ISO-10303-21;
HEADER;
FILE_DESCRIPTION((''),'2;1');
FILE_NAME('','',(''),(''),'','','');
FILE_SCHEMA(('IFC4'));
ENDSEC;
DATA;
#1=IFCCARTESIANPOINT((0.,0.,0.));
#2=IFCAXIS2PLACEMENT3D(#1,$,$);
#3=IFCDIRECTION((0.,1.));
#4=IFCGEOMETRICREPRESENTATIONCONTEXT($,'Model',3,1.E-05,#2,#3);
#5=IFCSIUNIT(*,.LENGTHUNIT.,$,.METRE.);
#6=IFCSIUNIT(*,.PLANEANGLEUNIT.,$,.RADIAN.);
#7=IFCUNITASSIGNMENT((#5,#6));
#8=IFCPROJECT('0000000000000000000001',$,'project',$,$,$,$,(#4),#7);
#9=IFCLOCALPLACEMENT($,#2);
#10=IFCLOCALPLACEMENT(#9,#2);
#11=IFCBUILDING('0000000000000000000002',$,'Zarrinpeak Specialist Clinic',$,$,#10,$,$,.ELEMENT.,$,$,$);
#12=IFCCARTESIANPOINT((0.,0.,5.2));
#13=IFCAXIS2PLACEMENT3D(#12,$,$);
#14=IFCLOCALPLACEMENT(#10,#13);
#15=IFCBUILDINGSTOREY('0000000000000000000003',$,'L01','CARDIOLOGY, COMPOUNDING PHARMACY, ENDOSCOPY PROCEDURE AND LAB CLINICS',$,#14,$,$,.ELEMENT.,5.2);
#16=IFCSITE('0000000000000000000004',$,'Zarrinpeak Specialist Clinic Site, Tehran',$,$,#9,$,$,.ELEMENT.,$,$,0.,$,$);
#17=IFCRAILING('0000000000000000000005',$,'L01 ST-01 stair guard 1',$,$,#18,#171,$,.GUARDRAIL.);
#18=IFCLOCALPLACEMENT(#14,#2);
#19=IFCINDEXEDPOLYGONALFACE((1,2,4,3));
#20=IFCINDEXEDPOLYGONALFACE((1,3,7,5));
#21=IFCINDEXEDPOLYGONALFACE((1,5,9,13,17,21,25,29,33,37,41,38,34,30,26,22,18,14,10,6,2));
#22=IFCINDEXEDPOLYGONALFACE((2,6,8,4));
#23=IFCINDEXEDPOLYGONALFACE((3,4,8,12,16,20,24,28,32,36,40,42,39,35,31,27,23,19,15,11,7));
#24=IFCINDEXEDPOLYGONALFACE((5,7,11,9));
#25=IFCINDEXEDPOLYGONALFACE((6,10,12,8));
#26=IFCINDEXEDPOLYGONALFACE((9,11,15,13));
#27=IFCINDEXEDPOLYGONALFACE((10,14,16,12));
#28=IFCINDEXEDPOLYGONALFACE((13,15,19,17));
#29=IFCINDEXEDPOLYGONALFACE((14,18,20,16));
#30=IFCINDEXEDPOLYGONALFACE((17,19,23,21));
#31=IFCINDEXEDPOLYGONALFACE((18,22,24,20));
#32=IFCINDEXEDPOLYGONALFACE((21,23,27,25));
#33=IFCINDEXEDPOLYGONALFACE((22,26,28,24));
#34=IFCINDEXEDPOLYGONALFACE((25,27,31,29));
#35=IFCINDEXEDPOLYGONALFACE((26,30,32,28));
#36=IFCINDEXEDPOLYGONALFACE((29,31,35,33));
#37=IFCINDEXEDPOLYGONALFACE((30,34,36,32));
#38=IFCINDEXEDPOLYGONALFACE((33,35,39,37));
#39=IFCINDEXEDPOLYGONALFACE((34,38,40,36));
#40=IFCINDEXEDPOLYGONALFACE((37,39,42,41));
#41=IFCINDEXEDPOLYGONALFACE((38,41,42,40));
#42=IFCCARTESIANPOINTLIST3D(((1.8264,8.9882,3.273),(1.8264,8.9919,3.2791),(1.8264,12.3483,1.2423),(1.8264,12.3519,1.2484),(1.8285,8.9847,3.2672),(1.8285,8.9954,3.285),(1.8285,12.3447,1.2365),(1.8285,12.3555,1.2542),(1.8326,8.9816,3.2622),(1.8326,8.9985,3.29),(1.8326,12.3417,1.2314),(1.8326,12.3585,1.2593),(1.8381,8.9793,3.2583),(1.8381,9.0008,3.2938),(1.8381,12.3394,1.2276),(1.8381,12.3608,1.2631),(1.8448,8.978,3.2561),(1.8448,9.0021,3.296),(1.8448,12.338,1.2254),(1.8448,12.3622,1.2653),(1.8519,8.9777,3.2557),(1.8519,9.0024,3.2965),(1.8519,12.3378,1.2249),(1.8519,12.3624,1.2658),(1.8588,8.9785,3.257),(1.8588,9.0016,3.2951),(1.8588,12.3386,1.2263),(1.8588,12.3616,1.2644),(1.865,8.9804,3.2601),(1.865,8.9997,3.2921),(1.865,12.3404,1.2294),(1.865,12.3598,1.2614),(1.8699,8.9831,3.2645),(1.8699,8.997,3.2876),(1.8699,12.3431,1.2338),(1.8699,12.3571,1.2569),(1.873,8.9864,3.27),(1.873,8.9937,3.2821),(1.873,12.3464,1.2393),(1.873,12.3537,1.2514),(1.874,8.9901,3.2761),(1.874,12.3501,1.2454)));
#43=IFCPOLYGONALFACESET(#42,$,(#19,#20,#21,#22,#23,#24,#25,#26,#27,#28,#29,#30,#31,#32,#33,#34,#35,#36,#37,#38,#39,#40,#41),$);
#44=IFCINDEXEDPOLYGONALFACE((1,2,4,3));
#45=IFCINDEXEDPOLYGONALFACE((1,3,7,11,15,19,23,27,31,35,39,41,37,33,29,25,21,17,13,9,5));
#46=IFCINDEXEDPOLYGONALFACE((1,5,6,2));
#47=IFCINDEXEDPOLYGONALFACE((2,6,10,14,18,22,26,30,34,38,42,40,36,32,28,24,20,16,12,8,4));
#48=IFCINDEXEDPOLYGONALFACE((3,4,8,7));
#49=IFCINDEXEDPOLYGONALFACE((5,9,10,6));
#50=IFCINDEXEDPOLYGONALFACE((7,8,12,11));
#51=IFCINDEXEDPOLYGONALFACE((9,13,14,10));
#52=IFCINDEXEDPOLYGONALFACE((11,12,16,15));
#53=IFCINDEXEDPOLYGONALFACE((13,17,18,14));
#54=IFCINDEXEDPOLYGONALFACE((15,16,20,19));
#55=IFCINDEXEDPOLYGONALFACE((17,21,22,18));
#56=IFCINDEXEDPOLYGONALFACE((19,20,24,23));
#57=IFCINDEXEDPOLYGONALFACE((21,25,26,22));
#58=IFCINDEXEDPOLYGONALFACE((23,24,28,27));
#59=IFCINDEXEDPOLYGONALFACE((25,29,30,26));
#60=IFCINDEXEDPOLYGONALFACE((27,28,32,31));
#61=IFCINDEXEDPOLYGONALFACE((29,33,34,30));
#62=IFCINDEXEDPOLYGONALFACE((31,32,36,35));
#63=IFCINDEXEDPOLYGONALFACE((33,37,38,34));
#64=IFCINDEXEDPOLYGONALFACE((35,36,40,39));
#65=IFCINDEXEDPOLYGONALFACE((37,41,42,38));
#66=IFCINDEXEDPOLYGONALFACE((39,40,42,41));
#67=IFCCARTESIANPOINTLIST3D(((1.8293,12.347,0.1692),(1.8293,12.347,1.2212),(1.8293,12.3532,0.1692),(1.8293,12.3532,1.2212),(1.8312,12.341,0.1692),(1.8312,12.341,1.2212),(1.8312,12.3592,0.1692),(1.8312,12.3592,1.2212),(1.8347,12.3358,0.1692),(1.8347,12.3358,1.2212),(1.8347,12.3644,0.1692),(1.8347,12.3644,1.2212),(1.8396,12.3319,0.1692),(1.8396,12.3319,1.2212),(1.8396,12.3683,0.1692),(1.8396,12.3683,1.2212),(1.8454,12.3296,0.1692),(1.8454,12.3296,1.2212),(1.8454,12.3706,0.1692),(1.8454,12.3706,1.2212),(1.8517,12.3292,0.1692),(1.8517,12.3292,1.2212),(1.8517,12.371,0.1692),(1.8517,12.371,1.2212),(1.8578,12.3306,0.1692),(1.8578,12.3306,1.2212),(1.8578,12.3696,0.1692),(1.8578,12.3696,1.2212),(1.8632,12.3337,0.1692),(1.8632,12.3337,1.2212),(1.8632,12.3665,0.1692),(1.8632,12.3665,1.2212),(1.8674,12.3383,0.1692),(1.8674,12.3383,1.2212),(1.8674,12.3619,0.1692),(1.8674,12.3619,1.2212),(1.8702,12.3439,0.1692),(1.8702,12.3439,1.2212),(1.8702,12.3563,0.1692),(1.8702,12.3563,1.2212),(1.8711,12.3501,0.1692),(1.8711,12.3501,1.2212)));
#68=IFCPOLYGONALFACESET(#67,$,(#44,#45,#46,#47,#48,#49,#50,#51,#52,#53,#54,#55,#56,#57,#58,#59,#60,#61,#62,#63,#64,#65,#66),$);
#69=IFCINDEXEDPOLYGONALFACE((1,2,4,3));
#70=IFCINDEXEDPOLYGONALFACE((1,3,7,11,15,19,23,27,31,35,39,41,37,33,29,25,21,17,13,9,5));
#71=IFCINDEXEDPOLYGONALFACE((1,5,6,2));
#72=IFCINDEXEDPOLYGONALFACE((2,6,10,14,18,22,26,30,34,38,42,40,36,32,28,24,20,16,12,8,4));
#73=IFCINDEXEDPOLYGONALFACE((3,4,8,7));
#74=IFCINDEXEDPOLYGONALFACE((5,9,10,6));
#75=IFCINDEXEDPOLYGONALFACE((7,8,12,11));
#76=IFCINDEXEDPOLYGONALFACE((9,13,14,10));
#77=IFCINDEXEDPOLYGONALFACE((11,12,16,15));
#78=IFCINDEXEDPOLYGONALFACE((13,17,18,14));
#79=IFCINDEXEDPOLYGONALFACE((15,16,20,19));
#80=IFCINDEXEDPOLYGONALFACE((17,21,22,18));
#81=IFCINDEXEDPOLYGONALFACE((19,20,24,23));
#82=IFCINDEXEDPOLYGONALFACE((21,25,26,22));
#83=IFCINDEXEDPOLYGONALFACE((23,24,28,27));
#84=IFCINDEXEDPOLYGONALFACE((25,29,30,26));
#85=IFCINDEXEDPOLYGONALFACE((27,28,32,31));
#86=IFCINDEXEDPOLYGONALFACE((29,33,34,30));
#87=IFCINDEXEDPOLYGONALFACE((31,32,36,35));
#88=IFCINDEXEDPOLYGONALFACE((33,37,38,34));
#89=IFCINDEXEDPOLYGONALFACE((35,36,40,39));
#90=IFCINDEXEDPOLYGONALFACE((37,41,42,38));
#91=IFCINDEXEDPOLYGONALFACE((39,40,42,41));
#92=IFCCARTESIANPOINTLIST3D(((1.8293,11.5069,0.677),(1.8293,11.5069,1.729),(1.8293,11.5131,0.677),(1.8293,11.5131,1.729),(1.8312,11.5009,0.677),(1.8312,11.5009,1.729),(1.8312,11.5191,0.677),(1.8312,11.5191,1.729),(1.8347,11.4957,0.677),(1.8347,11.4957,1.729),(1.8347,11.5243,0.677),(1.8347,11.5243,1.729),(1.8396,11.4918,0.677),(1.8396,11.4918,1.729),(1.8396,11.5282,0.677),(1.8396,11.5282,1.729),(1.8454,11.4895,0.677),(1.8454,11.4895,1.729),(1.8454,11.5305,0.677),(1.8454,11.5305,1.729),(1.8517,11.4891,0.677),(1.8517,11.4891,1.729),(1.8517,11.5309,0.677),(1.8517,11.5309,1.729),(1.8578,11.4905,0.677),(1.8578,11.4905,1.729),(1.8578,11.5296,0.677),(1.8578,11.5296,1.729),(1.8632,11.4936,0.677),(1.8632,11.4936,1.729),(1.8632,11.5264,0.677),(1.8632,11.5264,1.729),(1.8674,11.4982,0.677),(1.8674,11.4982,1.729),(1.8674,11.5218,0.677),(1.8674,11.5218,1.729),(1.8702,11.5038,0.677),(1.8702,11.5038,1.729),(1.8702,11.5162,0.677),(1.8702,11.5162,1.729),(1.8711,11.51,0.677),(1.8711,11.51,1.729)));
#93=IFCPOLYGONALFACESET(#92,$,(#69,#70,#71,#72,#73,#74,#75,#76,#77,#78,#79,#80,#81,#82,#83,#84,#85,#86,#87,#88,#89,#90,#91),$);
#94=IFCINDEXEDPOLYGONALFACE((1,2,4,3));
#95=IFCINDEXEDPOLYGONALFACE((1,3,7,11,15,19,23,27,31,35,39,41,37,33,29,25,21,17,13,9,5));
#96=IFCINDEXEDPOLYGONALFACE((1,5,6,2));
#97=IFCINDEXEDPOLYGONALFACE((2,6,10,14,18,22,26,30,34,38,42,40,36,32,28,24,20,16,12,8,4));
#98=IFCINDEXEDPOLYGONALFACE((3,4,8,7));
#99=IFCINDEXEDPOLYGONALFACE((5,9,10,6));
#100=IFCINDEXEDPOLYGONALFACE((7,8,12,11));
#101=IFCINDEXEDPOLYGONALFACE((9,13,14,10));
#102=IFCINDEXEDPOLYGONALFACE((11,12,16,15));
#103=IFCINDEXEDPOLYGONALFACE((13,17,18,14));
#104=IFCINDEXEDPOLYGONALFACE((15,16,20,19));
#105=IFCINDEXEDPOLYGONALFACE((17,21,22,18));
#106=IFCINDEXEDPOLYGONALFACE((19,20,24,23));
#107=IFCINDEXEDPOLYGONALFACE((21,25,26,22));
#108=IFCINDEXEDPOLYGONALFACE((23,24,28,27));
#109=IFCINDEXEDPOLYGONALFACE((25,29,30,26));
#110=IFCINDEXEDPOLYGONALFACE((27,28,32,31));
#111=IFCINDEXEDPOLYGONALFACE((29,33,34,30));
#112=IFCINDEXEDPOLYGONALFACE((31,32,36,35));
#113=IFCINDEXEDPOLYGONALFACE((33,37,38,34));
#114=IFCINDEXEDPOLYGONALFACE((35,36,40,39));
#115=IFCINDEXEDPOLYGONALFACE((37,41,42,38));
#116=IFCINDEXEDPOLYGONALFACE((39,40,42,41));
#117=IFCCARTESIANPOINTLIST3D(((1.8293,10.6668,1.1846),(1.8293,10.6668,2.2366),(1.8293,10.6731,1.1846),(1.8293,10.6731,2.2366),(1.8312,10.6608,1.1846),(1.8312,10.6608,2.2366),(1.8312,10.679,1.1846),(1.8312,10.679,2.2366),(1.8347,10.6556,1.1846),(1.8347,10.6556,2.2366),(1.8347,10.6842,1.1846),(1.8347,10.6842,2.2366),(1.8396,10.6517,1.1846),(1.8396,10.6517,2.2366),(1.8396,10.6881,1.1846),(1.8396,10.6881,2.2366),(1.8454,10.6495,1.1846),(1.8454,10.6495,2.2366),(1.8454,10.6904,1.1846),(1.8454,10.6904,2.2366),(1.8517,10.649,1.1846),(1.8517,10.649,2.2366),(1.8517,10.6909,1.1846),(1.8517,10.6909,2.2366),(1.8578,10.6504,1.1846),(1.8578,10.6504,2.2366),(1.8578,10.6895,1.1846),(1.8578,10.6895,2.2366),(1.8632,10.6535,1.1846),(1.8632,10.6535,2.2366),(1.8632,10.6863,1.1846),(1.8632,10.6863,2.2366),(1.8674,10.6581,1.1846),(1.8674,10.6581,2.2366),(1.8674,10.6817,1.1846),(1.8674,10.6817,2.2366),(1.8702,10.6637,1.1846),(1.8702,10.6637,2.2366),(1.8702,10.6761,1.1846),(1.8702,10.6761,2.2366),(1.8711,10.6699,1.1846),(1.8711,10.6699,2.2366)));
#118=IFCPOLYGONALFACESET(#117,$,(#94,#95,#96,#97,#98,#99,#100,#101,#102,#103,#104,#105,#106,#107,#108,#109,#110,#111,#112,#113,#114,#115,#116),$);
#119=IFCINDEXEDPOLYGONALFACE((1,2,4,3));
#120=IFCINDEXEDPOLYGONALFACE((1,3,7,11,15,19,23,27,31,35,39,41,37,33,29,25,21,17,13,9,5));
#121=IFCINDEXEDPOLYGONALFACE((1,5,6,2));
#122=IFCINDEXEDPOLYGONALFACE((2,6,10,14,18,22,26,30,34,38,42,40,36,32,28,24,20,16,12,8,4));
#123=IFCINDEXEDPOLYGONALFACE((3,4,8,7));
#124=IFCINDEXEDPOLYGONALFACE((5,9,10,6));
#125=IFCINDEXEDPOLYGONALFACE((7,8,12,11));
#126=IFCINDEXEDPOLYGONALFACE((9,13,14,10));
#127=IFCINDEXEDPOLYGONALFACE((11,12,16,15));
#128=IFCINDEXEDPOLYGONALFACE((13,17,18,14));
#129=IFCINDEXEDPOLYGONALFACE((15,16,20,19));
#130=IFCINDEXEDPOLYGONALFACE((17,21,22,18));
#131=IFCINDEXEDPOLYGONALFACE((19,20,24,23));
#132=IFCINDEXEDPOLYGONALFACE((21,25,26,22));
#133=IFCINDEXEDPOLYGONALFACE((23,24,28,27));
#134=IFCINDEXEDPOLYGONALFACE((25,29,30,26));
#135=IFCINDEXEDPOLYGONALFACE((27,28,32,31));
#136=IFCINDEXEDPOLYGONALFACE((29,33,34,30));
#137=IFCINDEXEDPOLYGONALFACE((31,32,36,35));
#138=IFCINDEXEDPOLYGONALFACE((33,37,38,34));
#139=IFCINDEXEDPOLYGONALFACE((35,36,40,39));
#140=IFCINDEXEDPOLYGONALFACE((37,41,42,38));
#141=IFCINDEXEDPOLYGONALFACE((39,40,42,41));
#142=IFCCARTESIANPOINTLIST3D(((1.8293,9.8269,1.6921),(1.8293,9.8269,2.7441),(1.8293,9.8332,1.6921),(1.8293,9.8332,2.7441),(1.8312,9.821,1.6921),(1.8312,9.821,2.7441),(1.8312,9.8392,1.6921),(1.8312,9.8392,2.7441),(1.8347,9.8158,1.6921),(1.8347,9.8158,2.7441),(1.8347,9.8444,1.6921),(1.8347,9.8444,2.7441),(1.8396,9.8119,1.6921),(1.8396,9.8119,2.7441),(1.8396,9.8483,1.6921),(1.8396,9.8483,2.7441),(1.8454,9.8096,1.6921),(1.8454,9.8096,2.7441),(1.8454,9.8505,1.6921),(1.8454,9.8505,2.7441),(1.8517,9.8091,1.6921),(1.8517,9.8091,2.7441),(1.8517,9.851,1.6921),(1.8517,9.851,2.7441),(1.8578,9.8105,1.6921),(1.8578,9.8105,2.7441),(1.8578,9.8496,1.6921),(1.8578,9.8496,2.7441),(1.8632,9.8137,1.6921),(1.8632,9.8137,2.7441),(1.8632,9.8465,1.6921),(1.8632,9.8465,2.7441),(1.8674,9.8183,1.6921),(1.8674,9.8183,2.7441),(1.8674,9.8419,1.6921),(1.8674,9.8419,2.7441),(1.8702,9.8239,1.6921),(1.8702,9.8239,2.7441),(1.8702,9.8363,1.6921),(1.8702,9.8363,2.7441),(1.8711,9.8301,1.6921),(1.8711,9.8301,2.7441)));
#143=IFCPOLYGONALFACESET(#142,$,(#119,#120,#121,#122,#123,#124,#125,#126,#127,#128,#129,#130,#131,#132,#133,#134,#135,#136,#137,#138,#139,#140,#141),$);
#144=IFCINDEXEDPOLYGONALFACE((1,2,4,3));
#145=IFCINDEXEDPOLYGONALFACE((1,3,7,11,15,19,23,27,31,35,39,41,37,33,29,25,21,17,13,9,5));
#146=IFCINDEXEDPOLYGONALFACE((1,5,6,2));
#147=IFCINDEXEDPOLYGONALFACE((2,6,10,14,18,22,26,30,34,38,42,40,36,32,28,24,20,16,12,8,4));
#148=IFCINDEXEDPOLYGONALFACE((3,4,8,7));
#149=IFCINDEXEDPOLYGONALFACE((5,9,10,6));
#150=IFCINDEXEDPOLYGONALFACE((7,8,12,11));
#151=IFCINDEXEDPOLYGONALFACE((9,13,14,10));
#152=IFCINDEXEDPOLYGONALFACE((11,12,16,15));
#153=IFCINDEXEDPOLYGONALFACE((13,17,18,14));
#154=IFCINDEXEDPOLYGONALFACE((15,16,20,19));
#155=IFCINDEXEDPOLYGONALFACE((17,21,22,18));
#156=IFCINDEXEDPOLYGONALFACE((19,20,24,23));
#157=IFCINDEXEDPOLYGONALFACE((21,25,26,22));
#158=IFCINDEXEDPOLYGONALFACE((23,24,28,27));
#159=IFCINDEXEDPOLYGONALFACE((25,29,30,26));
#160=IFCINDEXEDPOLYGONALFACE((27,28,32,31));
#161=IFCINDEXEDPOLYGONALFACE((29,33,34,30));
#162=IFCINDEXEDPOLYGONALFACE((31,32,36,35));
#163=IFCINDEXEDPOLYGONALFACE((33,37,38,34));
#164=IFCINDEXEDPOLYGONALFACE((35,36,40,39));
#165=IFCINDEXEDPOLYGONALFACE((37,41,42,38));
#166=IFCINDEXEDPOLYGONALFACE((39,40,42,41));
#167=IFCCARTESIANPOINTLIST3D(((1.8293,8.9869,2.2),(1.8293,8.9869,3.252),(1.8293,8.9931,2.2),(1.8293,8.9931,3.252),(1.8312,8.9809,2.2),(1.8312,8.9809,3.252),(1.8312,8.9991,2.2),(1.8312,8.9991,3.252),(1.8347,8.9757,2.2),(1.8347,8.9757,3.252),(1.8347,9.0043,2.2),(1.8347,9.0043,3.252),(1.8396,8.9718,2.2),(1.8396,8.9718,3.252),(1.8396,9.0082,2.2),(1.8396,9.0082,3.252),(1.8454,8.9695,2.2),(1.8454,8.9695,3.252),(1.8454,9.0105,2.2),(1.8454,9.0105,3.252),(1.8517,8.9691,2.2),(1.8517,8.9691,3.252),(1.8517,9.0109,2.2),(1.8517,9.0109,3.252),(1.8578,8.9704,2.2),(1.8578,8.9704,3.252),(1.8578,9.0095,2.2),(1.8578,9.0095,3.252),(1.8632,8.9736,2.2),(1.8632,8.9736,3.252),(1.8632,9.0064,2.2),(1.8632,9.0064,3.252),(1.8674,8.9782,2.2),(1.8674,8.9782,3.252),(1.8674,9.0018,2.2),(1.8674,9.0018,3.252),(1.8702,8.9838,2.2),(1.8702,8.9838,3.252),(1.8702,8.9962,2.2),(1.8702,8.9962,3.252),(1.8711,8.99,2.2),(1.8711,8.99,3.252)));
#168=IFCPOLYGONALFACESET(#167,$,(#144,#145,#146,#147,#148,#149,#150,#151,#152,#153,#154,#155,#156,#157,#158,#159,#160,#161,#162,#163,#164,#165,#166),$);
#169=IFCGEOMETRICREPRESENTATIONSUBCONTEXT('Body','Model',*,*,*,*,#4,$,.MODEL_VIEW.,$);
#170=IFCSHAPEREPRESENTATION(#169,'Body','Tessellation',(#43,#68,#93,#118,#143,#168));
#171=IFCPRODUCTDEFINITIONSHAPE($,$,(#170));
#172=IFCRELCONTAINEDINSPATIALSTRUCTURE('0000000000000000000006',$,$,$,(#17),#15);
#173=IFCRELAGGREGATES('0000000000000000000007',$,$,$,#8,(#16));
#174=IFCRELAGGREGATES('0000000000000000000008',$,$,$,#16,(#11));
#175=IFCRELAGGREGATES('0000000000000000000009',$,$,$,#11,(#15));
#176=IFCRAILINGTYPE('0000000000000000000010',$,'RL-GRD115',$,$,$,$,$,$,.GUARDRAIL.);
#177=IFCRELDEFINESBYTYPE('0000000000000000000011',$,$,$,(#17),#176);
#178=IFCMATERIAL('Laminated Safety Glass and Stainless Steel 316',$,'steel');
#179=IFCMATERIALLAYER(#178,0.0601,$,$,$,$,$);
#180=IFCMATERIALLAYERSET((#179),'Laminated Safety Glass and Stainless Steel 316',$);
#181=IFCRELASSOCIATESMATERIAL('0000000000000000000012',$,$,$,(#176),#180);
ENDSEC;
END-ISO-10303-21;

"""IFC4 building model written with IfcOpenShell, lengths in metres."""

from ifc_helpers import new_model, si_unit, direction, frame, origin, origin_2d, place, context, subcontext, project, spatial, circle, extrude, material, layer, layer_set, type_object, element, save


model = new_model("IFC4")

# Units and contexts
model_context = context("Model", 3, precision=1e-05, world=origin(), true_north=direction((0.0, 1.0)))
body_context = subcontext(model_context, "Body", "Model", "MODEL_VIEW")
ifc_project = project(units=[si_unit("LENGTHUNIT", "METRE"), si_unit("PLANEANGLEUNIT", "RADIAN")], contexts=[model_context])

# Site, building, storey
site_placement = place(None, origin())
site = spatial("IfcSite", under=ifc_project, at=site_placement, Name="Zarrinpeak Specialist Clinic Site, Tehran", CompositionType="ELEMENT", RefElevation=0.0)
building_placement = place(site_placement, origin())
building = spatial("IfcBuilding", under=site, at=building_placement, Name="Zarrinpeak Specialist Clinic", CompositionType="ELEMENT")
storey_placement = place(building_placement, frame((0.0, 0.0, 5.2)))
storey = spatial("IfcBuildingStorey", under=building, at=storey_placement, Name="L01", Description="CARDIOLOGY, COMPOUNDING PHARMACY, ENDOSCOPY PROCEDURE AND LAB CLINICS", CompositionType="ELEMENT", Elevation=5.2)

# Railing
ifc_material_1 = material(Name="Laminated Safety Glass and Stainless Steel 316", Category="steel")
ifc_layer_1 = layer(ifc_material_1, 0.0601)
ifc_layer_set_1 = layer_set([ifc_layer_1], Name="Laminated Safety Glass and Stainless Steel 316")
railing_type_1 = type_object("IfcRailingType", Name="RL-GRD115", PredefinedType="GUARDRAIL", material=ifc_layer_set_1)
railing_1_placement = place(storey_placement, frame((1.8501, 12.3501, 0.1692)))
element("IfcRailing", 1, at=railing_1_placement, inside=storey, type_object=railing_type_1, Name="L01 ST-01 stair guard 1", PredefinedType="GUARDRAIL", context=body_context, shape_type="SweptSolid", body=[
    extrude(circle(Radius=0.0239, at=origin_2d()), frame((0.0, 0.0, 1.0762), z_axis=(0.0, -0.855837, 0.517246), x_axis=(1.0, 0.0, 0.0)), (0.0, 0.0, 1.0), 3.926),
    extrude(circle(Radius=0.021, at=origin_2d()), origin(), (0.0, 0.0, 1.0), 1.052),
    extrude(circle(Radius=0.021, at=origin_2d()), frame((0.0, -0.8401, 0.5078)), (0.0, 0.0, 1.0), 1.052),
    extrude(circle(Radius=0.021, at=origin_2d()), frame((0.0, -1.6802, 1.0154)), (0.0, 0.0, 1.0), 1.052),
    extrude(circle(Radius=0.021, at=origin_2d()), frame((0.0, -2.52, 1.5229)), (0.0, 0.0, 1.0), 1.052),
    extrude(circle(Radius=0.021, at=origin_2d()), frame((0.0, -3.3601, 2.0308)), (0.0, 0.0, 1.0), 1.052),
])

save(model, "model.ifc")
